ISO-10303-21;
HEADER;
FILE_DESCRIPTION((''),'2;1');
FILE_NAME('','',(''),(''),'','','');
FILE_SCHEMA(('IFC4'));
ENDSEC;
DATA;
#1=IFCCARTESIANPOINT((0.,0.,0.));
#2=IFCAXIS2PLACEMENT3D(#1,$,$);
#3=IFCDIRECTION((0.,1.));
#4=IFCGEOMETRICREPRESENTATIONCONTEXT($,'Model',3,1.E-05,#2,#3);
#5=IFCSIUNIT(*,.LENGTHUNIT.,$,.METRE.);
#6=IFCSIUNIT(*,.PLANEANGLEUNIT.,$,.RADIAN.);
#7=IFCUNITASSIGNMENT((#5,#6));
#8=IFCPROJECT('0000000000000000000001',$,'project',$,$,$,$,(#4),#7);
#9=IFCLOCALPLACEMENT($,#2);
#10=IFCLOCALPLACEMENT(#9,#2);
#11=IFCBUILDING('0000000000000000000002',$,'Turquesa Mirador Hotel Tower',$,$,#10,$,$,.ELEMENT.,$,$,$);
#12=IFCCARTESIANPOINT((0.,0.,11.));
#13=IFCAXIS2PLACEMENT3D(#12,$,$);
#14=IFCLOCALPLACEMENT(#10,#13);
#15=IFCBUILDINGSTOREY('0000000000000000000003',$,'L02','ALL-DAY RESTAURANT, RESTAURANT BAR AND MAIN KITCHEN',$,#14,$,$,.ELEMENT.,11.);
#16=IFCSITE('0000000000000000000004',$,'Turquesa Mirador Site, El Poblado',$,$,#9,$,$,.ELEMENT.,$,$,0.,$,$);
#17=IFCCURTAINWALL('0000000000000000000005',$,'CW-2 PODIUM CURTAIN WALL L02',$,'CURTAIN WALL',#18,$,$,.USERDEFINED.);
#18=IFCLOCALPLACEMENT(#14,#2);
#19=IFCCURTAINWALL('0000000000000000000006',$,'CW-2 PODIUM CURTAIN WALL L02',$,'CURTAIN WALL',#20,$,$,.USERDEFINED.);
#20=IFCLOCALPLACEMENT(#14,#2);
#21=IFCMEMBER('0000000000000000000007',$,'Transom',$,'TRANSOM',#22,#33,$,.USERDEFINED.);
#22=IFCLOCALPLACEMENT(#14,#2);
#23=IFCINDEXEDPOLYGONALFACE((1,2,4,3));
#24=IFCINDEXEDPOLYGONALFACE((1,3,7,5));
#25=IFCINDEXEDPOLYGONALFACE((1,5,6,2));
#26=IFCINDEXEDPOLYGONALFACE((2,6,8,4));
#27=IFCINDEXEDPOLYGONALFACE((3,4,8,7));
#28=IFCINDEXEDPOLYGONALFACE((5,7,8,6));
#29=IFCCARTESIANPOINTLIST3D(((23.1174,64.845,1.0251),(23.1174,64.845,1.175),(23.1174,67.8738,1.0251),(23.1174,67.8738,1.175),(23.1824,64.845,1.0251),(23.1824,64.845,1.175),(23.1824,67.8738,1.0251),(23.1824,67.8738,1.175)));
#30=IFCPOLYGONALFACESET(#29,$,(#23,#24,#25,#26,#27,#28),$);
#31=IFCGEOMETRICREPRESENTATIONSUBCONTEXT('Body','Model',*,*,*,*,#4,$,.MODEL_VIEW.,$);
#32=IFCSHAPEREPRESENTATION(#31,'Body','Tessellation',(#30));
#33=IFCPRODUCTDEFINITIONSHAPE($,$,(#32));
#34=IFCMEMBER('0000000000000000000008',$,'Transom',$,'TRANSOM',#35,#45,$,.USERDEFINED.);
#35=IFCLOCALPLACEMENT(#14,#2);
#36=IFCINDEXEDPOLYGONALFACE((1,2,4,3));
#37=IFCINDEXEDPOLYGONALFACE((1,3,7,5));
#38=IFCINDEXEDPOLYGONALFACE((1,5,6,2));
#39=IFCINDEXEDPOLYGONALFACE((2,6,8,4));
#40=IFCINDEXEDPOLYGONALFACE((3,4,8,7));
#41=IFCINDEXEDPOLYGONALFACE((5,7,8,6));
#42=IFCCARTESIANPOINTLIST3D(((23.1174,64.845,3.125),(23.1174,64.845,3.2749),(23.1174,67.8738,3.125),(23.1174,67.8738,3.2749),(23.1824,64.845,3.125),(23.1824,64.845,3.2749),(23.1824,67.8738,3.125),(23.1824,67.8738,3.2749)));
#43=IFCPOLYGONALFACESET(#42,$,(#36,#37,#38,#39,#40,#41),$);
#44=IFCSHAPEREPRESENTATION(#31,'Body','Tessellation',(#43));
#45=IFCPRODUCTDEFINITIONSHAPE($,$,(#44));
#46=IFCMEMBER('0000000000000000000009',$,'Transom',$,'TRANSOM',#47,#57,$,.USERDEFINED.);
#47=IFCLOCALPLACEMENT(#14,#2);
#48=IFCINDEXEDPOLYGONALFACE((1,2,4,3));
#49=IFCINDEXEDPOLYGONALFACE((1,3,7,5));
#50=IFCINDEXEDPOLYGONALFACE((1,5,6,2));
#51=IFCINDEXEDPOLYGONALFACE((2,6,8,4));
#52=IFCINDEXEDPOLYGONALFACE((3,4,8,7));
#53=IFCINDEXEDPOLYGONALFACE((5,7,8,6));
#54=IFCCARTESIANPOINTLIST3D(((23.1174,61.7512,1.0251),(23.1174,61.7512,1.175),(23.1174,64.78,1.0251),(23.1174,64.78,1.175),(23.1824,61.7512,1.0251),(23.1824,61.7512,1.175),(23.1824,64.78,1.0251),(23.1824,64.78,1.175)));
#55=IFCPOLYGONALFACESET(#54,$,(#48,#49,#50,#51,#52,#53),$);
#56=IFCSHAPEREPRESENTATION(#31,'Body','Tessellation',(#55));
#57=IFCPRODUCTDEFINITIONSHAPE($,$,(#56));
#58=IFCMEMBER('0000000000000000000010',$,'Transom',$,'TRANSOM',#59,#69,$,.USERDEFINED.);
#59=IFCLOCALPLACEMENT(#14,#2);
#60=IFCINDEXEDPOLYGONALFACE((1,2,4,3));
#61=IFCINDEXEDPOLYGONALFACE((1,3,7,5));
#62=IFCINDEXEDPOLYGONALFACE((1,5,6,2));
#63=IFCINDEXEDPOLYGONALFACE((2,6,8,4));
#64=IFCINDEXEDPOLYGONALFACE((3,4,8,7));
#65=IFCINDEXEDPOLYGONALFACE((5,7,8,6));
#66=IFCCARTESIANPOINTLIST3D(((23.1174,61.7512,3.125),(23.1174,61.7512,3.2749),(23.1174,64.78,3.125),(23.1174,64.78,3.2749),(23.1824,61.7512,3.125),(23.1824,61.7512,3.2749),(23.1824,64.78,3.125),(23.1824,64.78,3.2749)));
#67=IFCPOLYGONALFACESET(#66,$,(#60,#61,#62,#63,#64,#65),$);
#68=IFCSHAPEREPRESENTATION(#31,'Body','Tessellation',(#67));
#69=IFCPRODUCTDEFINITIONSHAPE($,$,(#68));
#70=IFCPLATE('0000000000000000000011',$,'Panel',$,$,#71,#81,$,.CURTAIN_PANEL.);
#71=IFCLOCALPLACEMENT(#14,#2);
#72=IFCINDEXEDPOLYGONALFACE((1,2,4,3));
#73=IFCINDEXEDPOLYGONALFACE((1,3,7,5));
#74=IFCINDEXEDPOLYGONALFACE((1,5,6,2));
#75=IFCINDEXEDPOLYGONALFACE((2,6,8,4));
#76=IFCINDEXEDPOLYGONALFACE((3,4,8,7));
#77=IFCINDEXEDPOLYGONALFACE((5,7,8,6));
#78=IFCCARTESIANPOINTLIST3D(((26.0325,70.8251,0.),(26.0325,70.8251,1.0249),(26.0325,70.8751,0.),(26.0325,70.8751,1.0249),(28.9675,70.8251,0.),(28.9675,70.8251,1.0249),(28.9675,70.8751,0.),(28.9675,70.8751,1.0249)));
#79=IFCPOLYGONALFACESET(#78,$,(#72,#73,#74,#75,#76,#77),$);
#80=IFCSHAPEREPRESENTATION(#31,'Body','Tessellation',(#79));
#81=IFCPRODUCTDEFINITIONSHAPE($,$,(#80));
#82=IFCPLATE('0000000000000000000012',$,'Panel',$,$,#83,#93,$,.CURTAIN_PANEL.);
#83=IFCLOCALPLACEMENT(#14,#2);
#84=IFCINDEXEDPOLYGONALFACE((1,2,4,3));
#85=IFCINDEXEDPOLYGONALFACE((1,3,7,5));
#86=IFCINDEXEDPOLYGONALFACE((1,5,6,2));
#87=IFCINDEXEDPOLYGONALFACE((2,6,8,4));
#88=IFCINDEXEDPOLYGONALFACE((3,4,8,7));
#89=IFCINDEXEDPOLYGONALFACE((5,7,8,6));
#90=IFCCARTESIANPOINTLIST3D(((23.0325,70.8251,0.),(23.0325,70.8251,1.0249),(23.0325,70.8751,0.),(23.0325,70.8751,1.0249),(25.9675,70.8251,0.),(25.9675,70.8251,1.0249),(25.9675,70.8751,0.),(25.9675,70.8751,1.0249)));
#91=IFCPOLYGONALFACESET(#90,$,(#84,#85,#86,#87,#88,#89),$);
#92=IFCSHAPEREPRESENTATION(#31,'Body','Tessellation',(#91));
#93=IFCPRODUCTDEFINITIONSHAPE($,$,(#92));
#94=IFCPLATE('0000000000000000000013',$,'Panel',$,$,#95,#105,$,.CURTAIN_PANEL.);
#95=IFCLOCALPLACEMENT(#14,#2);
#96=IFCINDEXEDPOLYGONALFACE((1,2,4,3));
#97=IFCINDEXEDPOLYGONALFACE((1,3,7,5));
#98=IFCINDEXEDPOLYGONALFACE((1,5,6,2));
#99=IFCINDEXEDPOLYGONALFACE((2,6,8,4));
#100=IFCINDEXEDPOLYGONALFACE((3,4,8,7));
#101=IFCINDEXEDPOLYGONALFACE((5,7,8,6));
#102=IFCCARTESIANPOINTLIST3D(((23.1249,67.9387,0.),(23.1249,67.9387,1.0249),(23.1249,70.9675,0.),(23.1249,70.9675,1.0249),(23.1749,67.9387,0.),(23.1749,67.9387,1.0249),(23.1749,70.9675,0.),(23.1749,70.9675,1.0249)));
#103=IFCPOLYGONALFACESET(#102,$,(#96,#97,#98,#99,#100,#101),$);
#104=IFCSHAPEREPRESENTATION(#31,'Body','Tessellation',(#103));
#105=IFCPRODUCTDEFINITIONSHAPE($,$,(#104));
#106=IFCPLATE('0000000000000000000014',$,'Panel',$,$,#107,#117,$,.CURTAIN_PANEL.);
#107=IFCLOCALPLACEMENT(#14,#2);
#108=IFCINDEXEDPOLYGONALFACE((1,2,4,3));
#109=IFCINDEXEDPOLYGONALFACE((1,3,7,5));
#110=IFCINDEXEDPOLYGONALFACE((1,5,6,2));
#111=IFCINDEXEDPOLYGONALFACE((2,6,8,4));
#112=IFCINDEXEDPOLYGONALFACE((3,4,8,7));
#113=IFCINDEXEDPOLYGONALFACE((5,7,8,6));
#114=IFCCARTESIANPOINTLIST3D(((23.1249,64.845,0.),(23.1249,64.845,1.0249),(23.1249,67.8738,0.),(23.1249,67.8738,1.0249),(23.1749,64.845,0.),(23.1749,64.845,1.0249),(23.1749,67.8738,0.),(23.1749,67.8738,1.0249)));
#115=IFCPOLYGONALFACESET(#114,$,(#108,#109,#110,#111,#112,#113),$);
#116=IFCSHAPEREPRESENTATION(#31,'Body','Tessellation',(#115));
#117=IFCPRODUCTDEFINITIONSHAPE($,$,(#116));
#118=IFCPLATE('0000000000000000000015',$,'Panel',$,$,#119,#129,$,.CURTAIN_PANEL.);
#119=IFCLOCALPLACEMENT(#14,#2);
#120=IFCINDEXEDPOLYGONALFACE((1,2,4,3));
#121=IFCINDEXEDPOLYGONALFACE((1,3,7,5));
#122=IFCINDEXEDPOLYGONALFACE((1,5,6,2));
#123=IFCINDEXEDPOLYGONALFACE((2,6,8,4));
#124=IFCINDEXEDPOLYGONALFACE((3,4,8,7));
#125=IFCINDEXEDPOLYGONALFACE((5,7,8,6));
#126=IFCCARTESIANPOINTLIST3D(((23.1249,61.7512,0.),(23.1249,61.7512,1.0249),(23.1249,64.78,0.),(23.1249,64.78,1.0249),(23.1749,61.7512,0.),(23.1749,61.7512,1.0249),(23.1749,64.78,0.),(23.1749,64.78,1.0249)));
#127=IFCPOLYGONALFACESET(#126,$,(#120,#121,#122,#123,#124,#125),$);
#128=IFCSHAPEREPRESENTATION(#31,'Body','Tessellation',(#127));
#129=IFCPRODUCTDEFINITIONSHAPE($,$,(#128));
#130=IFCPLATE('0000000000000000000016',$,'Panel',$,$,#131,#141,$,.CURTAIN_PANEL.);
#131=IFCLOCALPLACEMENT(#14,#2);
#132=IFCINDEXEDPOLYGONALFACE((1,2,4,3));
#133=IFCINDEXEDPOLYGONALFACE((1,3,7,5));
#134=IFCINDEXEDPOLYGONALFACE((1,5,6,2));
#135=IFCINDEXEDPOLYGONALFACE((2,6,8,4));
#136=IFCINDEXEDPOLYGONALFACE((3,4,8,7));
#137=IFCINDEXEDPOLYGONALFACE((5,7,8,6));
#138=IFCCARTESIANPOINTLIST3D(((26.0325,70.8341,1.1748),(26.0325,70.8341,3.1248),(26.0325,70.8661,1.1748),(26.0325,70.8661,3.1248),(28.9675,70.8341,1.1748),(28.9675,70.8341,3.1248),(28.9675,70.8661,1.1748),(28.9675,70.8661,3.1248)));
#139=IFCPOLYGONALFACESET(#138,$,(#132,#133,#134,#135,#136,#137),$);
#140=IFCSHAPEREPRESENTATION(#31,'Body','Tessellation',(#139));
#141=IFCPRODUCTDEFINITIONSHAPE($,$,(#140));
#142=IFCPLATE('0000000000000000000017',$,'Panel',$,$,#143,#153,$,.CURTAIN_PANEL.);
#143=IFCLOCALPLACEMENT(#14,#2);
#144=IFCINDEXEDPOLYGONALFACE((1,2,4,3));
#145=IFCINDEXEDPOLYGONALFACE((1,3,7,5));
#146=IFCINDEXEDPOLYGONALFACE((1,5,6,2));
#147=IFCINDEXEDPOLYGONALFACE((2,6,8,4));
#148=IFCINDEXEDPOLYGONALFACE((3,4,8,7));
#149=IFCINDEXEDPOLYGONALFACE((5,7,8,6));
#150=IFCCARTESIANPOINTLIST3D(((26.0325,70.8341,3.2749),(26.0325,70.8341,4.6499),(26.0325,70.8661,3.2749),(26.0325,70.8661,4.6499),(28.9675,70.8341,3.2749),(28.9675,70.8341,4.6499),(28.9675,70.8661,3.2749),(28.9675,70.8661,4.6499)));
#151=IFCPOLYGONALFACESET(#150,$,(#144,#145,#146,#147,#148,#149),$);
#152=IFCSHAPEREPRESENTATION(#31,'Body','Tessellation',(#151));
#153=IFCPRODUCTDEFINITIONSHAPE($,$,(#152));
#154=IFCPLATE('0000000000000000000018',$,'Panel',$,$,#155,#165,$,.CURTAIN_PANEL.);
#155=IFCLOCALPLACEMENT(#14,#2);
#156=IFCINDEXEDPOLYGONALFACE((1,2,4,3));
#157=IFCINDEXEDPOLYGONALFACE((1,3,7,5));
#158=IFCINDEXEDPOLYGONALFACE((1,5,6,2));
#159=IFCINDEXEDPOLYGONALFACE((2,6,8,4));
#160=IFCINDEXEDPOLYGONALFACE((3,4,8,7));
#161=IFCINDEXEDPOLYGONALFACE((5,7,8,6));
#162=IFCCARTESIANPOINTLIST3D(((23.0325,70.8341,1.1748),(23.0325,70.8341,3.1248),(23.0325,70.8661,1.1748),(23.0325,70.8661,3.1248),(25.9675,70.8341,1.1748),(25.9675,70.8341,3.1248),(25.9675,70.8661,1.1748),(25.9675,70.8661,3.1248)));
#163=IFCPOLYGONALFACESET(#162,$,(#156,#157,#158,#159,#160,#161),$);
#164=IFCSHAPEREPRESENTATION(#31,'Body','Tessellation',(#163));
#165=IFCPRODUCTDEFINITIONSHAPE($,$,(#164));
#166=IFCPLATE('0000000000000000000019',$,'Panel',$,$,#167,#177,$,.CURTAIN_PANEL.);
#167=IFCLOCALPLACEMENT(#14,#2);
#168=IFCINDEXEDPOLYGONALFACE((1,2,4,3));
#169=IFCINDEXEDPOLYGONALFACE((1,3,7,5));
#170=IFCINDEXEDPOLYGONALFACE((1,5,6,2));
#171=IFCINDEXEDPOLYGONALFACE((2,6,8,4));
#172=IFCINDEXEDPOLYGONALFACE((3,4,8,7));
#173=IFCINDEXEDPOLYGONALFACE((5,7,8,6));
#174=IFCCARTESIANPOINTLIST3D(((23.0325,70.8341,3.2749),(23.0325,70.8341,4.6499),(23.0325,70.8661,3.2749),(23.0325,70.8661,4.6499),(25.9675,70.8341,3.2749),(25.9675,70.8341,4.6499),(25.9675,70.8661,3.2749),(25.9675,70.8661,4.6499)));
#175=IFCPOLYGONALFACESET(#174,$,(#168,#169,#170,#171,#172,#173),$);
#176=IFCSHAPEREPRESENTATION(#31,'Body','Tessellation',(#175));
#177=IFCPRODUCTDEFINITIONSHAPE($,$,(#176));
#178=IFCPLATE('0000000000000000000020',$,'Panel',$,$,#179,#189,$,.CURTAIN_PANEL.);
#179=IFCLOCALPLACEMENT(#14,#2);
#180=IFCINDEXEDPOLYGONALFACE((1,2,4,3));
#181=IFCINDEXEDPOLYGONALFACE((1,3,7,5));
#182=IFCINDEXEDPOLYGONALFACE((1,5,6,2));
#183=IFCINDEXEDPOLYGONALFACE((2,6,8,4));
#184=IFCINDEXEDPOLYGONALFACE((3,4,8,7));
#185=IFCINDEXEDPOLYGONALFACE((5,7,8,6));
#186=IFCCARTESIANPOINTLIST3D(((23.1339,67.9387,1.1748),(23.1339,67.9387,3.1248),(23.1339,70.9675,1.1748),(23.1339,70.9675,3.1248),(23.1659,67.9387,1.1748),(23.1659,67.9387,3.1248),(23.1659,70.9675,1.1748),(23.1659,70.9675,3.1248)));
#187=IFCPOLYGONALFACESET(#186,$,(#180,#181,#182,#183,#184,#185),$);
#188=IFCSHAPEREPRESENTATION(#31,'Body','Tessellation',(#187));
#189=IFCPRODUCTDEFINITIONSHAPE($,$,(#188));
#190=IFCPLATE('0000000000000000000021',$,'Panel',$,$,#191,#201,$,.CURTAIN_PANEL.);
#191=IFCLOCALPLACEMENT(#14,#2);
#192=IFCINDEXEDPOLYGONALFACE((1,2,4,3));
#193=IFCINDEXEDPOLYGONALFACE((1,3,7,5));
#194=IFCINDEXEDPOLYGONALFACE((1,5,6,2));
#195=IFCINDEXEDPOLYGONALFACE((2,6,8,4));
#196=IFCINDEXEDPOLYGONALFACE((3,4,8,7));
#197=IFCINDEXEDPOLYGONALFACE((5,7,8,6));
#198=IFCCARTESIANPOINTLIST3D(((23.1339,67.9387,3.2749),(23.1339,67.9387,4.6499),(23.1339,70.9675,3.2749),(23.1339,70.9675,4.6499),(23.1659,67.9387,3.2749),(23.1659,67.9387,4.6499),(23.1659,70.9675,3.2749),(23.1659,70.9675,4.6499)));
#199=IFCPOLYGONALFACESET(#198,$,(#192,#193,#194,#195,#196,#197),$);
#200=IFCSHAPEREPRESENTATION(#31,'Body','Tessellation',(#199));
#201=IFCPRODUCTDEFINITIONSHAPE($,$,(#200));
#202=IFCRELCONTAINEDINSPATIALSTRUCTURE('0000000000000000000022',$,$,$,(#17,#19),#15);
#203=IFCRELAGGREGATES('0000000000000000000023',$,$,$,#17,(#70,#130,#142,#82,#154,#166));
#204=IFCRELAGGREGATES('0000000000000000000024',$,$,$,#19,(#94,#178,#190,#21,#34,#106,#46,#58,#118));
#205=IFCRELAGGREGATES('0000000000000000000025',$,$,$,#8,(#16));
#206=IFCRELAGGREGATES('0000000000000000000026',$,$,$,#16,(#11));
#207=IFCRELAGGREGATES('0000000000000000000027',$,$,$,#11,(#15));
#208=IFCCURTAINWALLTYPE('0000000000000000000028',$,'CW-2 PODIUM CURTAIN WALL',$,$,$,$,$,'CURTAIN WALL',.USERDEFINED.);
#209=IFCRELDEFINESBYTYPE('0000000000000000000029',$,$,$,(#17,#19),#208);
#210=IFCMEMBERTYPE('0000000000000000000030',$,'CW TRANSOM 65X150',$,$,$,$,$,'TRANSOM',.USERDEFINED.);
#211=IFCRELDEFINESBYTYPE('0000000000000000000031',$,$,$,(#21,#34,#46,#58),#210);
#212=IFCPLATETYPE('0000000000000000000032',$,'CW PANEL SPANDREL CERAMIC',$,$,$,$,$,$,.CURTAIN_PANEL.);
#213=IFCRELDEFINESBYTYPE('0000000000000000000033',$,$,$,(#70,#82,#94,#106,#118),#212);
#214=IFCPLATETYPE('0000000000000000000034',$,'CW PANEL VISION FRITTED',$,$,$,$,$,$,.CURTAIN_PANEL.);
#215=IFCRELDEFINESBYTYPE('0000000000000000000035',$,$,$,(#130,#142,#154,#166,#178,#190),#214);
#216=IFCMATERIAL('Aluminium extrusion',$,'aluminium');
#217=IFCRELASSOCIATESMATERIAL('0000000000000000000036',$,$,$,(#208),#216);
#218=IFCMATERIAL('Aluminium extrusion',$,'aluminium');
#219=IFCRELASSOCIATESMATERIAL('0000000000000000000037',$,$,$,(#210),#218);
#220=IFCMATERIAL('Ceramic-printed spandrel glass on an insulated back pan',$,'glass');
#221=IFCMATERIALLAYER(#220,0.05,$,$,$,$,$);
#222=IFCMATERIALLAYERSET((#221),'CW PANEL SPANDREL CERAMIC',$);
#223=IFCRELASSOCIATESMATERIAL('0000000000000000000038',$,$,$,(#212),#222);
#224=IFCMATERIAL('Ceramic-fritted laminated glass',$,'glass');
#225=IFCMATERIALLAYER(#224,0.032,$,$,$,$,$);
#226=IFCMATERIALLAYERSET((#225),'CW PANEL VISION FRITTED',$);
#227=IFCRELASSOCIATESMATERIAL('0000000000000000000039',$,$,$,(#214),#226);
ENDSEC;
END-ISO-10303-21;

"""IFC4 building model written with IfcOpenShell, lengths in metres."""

from ifc_helpers import new_model, si_unit, direction, frame, origin, origin_2d, place, context, subcontext, project, spatial, rectangle, extrude, material, layer, layer_set, material_profile, profile_set, type_object, element, aggregate, save


model = new_model("IFC4")

# Units and contexts
model_context = context("Model", 3, precision=1e-05, world=origin(), true_north=direction((0.0, 1.0)))
body_context = subcontext(model_context, "Body", "Model", "MODEL_VIEW")
ifc_project = project(units=[si_unit("LENGTHUNIT", "METRE"), si_unit("PLANEANGLEUNIT", "RADIAN")], contexts=[model_context])

# Site, building, storey
site_placement = place(None, origin())
site = spatial("IfcSite", under=ifc_project, at=site_placement, Name="Turquesa Mirador Site, El Poblado", CompositionType="ELEMENT", RefElevation=0.0)
building_placement = place(site_placement, origin())
building = spatial("IfcBuilding", under=site, at=building_placement, Name="Turquesa Mirador Hotel Tower", CompositionType="ELEMENT")
storey_placement = place(building_placement, frame((0.0, 0.0, 11.0)))
storey = spatial("IfcBuildingStorey", under=building, at=storey_placement, Name="L02", Description="ALL-DAY RESTAURANT, RESTAURANT BAR AND MAIN KITCHEN", CompositionType="ELEMENT", Elevation=11.0)

# Curtain walls
ifc_material_1 = material(Name="Aluminium extrusion", Category="aluminium")
curtain_wall_type = type_object("IfcCurtainWallType", Name="CW-2 PODIUM CURTAIN WALL", ElementType="CURTAIN WALL", PredefinedType="USERDEFINED", material=ifc_material_1)
curtain_wall_1_placement = place(storey_placement, origin())
curtain_wall_1 = element("IfcCurtainWall", 1, at=curtain_wall_1_placement, inside=storey, type_object=curtain_wall_type, Name="CW-2 PODIUM CURTAIN WALL L02", ObjectType="CURTAIN WALL", PredefinedType="USERDEFINED")
curtain_wall_2_placement = place(storey_placement, origin())
curtain_wall_2 = element("IfcCurtainWall", 2, at=curtain_wall_2_placement, inside=storey, type_object=curtain_wall_type, Name="CW-2 PODIUM CURTAIN WALL L02", ObjectType="CURTAIN WALL", PredefinedType="USERDEFINED")

# Members
ifc_material_2 = material(Name="Aluminium extrusion", Category="aluminium")
ifc_material_profile_1 = material_profile(ifc_material_2, rectangle(XDim=0.0649, YDim=0.1499, at=origin_2d()), Name="TRANSOM 65X150")
ifc_profile_set_1 = profile_set([ifc_material_profile_1], Name="Aluminium extrusion")
member_type_1 = type_object("IfcMemberType", Name="CW TRANSOM 65X150", ElementType="TRANSOM", PredefinedType="USERDEFINED", material=ifc_profile_set_1)
member_1_placement = place(storey_placement, frame((23.1499, 67.8738, 1.1001), z_axis=(0.0, -1.0, 0.0), x_axis=(1.0, 0.0, 0.0)))
member_1 = element("IfcMember", 3, at=member_1_placement, type_object=member_type_1, Name="Transom", ObjectType="TRANSOM", PredefinedType="USERDEFINED", context=body_context, shape_type="SweptSolid", body=[
    extrude(rectangle(XDim=0.0649, YDim=0.1499, at=origin_2d()), origin(), (0.0, 0.0, 1.0), 3.0288),
])
member_2_placement = place(storey_placement, frame((23.1499, 67.8738, 3.2), z_axis=(0.0, -1.0, 0.0), x_axis=(1.0, 0.0, 0.0)))
member_2 = element("IfcMember", 4, at=member_2_placement, type_object=member_type_1, Name="Transom", ObjectType="TRANSOM", PredefinedType="USERDEFINED", context=body_context, shape_type="SweptSolid", body=[
    extrude(rectangle(XDim=0.0649, YDim=0.1499, at=origin_2d()), origin(), (0.0, 0.0, 1.0), 3.0288),
])
member_3_placement = place(storey_placement, frame((23.1499, 64.78, 1.1001), z_axis=(0.0, -1.0, 0.0), x_axis=(1.0, 0.0, 0.0)))
member_3 = element("IfcMember", 5, at=member_3_placement, type_object=member_type_1, Name="Transom", ObjectType="TRANSOM", PredefinedType="USERDEFINED", context=body_context, shape_type="SweptSolid", body=[
    extrude(rectangle(XDim=0.0649, YDim=0.1499, at=origin_2d()), origin(), (0.0, 0.0, 1.0), 3.0288),
])
member_4_placement = place(storey_placement, frame((23.1499, 64.78, 3.2), z_axis=(0.0, -1.0, 0.0), x_axis=(1.0, 0.0, 0.0)))
member_4 = element("IfcMember", 6, at=member_4_placement, type_object=member_type_1, Name="Transom", ObjectType="TRANSOM", PredefinedType="USERDEFINED", context=body_context, shape_type="SweptSolid", body=[
    extrude(rectangle(XDim=0.0649, YDim=0.1499, at=origin_2d()), origin(), (0.0, 0.0, 1.0), 3.0288),
])

# Plates
ifc_material_3 = material(Name="Ceramic-printed spandrel glass on an insulated back pan", Category="glass")
ifc_layer_1 = layer(ifc_material_3, 0.05)
ifc_layer_set_1 = layer_set([ifc_layer_1], Name="CW PANEL SPANDREL CERAMIC")
plate_type_1 = type_object("IfcPlateType", Name="CW PANEL SPANDREL CERAMIC", PredefinedType="CURTAIN_PANEL", material=ifc_layer_set_1)
plate_1_placement = place(storey_placement, frame((27.5, 70.8501, 0.0), z_axis=(0.0, 0.0, 1.0), x_axis=(-1.0, 0.0, 0.0)))
plate_1 = element("IfcPlate", 7, at=plate_1_placement, type_object=plate_type_1, Name="Panel", PredefinedType="CURTAIN_PANEL", context=body_context, shape_type="SweptSolid", body=[
    extrude(rectangle(XDim=2.9351, YDim=0.05, at=origin_2d()), origin(), (0.0, 0.0, 1.0), 1.0249),
])
plate_2_placement = place(storey_placement, frame((24.5, 70.8501, 0.0), z_axis=(0.0, 0.0, 1.0), x_axis=(-1.0, 0.0, 0.0)))
plate_2 = element("IfcPlate", 8, at=plate_2_placement, type_object=plate_type_1, Name="Panel", PredefinedType="CURTAIN_PANEL", context=body_context, shape_type="SweptSolid", body=[
    extrude(rectangle(XDim=2.9351, YDim=0.05, at=origin_2d()), origin(), (0.0, 0.0, 1.0), 1.0249),
])
plate_3_placement = place(storey_placement, frame((23.1499, 69.4531, 0.0), z_axis=(0.0, 0.0, 1.0), x_axis=(0.0, -1.0, 0.0)))
plate_3 = element("IfcPlate", 9, at=plate_3_placement, type_object=plate_type_1, Name="Panel", PredefinedType="CURTAIN_PANEL", context=body_context, shape_type="SweptSolid", body=[
    extrude(rectangle(XDim=3.0288, YDim=0.05, at=origin_2d()), origin(), (0.0, 0.0, 1.0), 1.0249),
])
plate_4_placement = place(storey_placement, frame((23.1499, 66.3594, 0.0), z_axis=(0.0, 0.0, 1.0), x_axis=(0.0, -1.0, 0.0)))
plate_4 = element("IfcPlate", 10, at=plate_4_placement, type_object=plate_type_1, Name="Panel", PredefinedType="CURTAIN_PANEL", context=body_context, shape_type="SweptSolid", body=[
    extrude(rectangle(XDim=3.0288, YDim=0.05, at=origin_2d()), origin(), (0.0, 0.0, 1.0), 1.0249),
])
plate_5_placement = place(storey_placement, frame((23.1499, 63.2656, 0.0), z_axis=(0.0, 0.0, 1.0), x_axis=(0.0, -1.0, 0.0)))
plate_5 = element("IfcPlate", 11, at=plate_5_placement, type_object=plate_type_1, Name="Panel", PredefinedType="CURTAIN_PANEL", context=body_context, shape_type="SweptSolid", body=[
    extrude(rectangle(XDim=3.0288, YDim=0.05, at=origin_2d()), origin(), (0.0, 0.0, 1.0), 1.0249),
])
ifc_material_4 = material(Name="Ceramic-fritted laminated glass", Category="glass")
ifc_layer_2 = layer(ifc_material_4, 0.032)
ifc_layer_set_2 = layer_set([ifc_layer_2], Name="CW PANEL VISION FRITTED")
plate_type_2 = type_object("IfcPlateType", Name="CW PANEL VISION FRITTED", PredefinedType="CURTAIN_PANEL", material=ifc_layer_set_2)
plate_6_placement = place(storey_placement, frame((27.5, 70.8501, 1.1748), z_axis=(0.0, 0.0, 1.0), x_axis=(-1.0, 0.0, 0.0)))
plate_6 = element("IfcPlate", 12, at=plate_6_placement, type_object=plate_type_2, Name="Panel", PredefinedType="CURTAIN_PANEL", context=body_context, shape_type="SweptSolid", body=[
    extrude(rectangle(XDim=2.9351, YDim=0.032, at=origin_2d()), origin(), (0.0, 0.0, 1.0), 1.95),
])
plate_7_placement = place(storey_placement, frame((27.5, 70.8501, 3.2749), z_axis=(0.0, 0.0, 1.0), x_axis=(-1.0, 0.0, 0.0)))
plate_7 = element("IfcPlate", 13, at=plate_7_placement, type_object=plate_type_2, Name="Panel", PredefinedType="CURTAIN_PANEL", context=body_context, shape_type="SweptSolid", body=[
    extrude(rectangle(XDim=2.9351, YDim=0.032, at=origin_2d()), origin(), (0.0, 0.0, 1.0), 1.375),
])
plate_8_placement = place(storey_placement, frame((24.5, 70.8501, 1.1748), z_axis=(0.0, 0.0, 1.0), x_axis=(-1.0, 0.0, 0.0)))
plate_8 = element("IfcPlate", 14, at=plate_8_placement, type_object=plate_type_2, Name="Panel", PredefinedType="CURTAIN_PANEL", context=body_context, shape_type="SweptSolid", body=[
    extrude(rectangle(XDim=2.9351, YDim=0.032, at=origin_2d()), origin(), (0.0, 0.0, 1.0), 1.95),
])
plate_9_placement = place(storey_placement, frame((24.5, 70.8501, 3.2749), z_axis=(0.0, 0.0, 1.0), x_axis=(-1.0, 0.0, 0.0)))
plate_9 = element("IfcPlate", 15, at=plate_9_placement, type_object=plate_type_2, Name="Panel", PredefinedType="CURTAIN_PANEL", context=body_context, shape_type="SweptSolid", body=[
    extrude(rectangle(XDim=2.9351, YDim=0.032, at=origin_2d()), origin(), (0.0, 0.0, 1.0), 1.375),
])
aggregate(curtain_wall_1, [plate_1, plate_6, plate_7, plate_2, plate_8, plate_9])
plate_10_placement = place(storey_placement, frame((23.1499, 69.4531, 1.1748), z_axis=(0.0, 0.0, 1.0), x_axis=(0.0, -1.0, 0.0)))
plate_10 = element("IfcPlate", 16, at=plate_10_placement, type_object=plate_type_2, Name="Panel", PredefinedType="CURTAIN_PANEL", context=body_context, shape_type="SweptSolid", body=[
    extrude(rectangle(XDim=3.0288, YDim=0.032, at=origin_2d()), origin(), (0.0, 0.0, 1.0), 1.95),
])
plate_11_placement = place(storey_placement, frame((23.1499, 69.4531, 3.2749), z_axis=(0.0, 0.0, 1.0), x_axis=(0.0, -1.0, 0.0)))
plate_11 = element("IfcPlate", 17, at=plate_11_placement, type_object=plate_type_2, Name="Panel", PredefinedType="CURTAIN_PANEL", context=body_context, shape_type="SweptSolid", body=[
    extrude(rectangle(XDim=3.0288, YDim=0.032, at=origin_2d()), origin(), (0.0, 0.0, 1.0), 1.375),
])
aggregate(curtain_wall_2, [plate_3, plate_10, plate_11, member_1, member_2, plate_4, member_3, member_4, plate_5])

save(model, "model.ifc")
